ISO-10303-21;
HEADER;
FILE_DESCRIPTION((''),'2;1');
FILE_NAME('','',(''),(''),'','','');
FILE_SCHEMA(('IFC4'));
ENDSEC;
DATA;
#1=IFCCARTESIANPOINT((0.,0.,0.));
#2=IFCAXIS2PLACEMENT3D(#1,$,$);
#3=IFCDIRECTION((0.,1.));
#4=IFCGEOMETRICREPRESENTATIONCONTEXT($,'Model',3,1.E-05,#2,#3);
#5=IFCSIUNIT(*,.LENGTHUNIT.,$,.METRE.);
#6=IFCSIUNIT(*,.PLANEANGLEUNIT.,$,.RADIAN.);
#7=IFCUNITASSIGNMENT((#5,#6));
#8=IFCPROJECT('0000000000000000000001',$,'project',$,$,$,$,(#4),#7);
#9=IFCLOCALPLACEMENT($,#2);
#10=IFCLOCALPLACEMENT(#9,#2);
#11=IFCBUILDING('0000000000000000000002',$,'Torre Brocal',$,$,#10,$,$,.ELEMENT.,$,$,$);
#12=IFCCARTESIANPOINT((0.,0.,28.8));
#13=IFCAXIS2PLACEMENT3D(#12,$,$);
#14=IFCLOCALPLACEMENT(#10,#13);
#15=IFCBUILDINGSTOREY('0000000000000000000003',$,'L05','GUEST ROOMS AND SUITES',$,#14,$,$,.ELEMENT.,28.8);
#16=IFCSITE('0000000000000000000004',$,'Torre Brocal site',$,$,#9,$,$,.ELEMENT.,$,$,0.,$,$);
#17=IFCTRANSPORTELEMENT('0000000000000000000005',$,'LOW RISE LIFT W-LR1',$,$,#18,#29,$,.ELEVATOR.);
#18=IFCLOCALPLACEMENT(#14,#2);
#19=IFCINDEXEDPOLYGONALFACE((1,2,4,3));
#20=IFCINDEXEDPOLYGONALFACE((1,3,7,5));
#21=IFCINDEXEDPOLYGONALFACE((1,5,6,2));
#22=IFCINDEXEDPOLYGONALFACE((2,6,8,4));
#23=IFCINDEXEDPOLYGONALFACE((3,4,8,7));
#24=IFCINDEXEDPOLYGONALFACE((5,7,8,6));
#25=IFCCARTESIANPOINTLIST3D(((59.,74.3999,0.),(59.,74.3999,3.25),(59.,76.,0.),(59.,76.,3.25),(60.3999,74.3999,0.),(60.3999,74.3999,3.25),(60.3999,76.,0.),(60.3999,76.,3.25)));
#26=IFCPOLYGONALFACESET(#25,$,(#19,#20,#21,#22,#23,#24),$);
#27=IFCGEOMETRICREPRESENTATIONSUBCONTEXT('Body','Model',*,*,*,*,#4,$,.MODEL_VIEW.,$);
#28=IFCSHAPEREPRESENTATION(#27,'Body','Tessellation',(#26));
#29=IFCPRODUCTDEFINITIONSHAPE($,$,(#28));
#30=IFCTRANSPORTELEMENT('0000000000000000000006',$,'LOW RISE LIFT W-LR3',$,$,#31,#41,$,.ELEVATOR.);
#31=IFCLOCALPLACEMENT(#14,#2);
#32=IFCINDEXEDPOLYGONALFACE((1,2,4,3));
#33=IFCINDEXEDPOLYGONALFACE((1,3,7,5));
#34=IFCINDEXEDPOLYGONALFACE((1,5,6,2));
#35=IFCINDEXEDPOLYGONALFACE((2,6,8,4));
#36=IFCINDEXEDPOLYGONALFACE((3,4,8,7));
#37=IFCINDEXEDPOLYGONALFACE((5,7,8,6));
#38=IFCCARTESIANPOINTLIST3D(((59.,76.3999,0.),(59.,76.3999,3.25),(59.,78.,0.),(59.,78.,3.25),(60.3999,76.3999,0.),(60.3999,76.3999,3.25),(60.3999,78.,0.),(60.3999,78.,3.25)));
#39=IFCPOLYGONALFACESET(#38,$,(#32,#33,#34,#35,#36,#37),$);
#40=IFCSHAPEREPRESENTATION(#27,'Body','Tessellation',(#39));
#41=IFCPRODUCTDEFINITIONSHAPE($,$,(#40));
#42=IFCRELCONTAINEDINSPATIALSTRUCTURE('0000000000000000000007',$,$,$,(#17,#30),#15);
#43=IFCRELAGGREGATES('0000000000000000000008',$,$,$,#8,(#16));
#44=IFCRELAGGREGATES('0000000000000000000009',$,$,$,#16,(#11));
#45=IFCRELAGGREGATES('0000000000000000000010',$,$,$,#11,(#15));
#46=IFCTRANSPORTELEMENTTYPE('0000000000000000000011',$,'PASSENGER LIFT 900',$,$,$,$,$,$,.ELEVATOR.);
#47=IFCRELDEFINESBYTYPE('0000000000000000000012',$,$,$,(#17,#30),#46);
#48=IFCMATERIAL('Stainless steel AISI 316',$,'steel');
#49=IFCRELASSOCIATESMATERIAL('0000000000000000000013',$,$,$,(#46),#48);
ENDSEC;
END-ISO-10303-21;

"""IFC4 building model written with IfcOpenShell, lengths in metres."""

from ifc_helpers import new_model, si_unit, direction, frame, origin, origin_2d, place, context, subcontext, project, spatial, rectangle, extrude, material, type_object, element, save


model = new_model("IFC4")

# Units and contexts
model_context = context("Model", 3, precision=1e-05, world=origin(), true_north=direction((0.0, 1.0)))
body_context = subcontext(model_context, "Body", "Model", "MODEL_VIEW")
ifc_project = project(units=[si_unit("LENGTHUNIT", "METRE"), si_unit("PLANEANGLEUNIT", "RADIAN")], contexts=[model_context])

# Site, building, storey
site_placement = place(None, origin())
site = spatial("IfcSite", under=ifc_project, at=site_placement, Name="Torre Brocal site", CompositionType="ELEMENT", RefElevation=0.0)
building_placement = place(site_placement, origin())
building = spatial("IfcBuilding", under=site, at=building_placement, Name="Torre Brocal", CompositionType="ELEMENT")
storey_placement = place(building_placement, frame((0.0, 0.0, 28.8)))
storey = spatial("IfcBuildingStorey", under=building, at=storey_placement, Name="L05", Description="GUEST ROOMS AND SUITES", CompositionType="ELEMENT", Elevation=28.8)

# Transport elements
ifc_material_1 = material(Name="Stainless steel AISI 316", Category="steel")
transport_element_type_1 = type_object("IfcTransportElementType", Name="PASSENGER LIFT 900", PredefinedType="ELEVATOR", material=ifc_material_1)
for number, where, z_axis, x_axis, name in (
    (1, (59.7, 75.2, 0.0), (0.0, 0.0, 1.0), (1.0, 0.0, 0.0), "LOW RISE LIFT W-LR1"),
    (2, (59.7, 77.2, 0.0), (0.0, 0.0, 1.0), (1.0, 0.0, 0.0), "LOW RISE LIFT W-LR3"),
):
    element("IfcTransportElement", number, at=place(storey_placement, frame(where, z_axis=z_axis, x_axis=x_axis)), inside=storey, type_object=transport_element_type_1, Name=name, PredefinedType="ELEVATOR", context=body_context, shape_type="SweptSolid", body=[
        extrude(rectangle(XDim=1.3999, YDim=1.6001, at=origin_2d()), origin(), (0.0, 0.0, 1.0), 3.25),
    ])

save(model, "model.ifc")
